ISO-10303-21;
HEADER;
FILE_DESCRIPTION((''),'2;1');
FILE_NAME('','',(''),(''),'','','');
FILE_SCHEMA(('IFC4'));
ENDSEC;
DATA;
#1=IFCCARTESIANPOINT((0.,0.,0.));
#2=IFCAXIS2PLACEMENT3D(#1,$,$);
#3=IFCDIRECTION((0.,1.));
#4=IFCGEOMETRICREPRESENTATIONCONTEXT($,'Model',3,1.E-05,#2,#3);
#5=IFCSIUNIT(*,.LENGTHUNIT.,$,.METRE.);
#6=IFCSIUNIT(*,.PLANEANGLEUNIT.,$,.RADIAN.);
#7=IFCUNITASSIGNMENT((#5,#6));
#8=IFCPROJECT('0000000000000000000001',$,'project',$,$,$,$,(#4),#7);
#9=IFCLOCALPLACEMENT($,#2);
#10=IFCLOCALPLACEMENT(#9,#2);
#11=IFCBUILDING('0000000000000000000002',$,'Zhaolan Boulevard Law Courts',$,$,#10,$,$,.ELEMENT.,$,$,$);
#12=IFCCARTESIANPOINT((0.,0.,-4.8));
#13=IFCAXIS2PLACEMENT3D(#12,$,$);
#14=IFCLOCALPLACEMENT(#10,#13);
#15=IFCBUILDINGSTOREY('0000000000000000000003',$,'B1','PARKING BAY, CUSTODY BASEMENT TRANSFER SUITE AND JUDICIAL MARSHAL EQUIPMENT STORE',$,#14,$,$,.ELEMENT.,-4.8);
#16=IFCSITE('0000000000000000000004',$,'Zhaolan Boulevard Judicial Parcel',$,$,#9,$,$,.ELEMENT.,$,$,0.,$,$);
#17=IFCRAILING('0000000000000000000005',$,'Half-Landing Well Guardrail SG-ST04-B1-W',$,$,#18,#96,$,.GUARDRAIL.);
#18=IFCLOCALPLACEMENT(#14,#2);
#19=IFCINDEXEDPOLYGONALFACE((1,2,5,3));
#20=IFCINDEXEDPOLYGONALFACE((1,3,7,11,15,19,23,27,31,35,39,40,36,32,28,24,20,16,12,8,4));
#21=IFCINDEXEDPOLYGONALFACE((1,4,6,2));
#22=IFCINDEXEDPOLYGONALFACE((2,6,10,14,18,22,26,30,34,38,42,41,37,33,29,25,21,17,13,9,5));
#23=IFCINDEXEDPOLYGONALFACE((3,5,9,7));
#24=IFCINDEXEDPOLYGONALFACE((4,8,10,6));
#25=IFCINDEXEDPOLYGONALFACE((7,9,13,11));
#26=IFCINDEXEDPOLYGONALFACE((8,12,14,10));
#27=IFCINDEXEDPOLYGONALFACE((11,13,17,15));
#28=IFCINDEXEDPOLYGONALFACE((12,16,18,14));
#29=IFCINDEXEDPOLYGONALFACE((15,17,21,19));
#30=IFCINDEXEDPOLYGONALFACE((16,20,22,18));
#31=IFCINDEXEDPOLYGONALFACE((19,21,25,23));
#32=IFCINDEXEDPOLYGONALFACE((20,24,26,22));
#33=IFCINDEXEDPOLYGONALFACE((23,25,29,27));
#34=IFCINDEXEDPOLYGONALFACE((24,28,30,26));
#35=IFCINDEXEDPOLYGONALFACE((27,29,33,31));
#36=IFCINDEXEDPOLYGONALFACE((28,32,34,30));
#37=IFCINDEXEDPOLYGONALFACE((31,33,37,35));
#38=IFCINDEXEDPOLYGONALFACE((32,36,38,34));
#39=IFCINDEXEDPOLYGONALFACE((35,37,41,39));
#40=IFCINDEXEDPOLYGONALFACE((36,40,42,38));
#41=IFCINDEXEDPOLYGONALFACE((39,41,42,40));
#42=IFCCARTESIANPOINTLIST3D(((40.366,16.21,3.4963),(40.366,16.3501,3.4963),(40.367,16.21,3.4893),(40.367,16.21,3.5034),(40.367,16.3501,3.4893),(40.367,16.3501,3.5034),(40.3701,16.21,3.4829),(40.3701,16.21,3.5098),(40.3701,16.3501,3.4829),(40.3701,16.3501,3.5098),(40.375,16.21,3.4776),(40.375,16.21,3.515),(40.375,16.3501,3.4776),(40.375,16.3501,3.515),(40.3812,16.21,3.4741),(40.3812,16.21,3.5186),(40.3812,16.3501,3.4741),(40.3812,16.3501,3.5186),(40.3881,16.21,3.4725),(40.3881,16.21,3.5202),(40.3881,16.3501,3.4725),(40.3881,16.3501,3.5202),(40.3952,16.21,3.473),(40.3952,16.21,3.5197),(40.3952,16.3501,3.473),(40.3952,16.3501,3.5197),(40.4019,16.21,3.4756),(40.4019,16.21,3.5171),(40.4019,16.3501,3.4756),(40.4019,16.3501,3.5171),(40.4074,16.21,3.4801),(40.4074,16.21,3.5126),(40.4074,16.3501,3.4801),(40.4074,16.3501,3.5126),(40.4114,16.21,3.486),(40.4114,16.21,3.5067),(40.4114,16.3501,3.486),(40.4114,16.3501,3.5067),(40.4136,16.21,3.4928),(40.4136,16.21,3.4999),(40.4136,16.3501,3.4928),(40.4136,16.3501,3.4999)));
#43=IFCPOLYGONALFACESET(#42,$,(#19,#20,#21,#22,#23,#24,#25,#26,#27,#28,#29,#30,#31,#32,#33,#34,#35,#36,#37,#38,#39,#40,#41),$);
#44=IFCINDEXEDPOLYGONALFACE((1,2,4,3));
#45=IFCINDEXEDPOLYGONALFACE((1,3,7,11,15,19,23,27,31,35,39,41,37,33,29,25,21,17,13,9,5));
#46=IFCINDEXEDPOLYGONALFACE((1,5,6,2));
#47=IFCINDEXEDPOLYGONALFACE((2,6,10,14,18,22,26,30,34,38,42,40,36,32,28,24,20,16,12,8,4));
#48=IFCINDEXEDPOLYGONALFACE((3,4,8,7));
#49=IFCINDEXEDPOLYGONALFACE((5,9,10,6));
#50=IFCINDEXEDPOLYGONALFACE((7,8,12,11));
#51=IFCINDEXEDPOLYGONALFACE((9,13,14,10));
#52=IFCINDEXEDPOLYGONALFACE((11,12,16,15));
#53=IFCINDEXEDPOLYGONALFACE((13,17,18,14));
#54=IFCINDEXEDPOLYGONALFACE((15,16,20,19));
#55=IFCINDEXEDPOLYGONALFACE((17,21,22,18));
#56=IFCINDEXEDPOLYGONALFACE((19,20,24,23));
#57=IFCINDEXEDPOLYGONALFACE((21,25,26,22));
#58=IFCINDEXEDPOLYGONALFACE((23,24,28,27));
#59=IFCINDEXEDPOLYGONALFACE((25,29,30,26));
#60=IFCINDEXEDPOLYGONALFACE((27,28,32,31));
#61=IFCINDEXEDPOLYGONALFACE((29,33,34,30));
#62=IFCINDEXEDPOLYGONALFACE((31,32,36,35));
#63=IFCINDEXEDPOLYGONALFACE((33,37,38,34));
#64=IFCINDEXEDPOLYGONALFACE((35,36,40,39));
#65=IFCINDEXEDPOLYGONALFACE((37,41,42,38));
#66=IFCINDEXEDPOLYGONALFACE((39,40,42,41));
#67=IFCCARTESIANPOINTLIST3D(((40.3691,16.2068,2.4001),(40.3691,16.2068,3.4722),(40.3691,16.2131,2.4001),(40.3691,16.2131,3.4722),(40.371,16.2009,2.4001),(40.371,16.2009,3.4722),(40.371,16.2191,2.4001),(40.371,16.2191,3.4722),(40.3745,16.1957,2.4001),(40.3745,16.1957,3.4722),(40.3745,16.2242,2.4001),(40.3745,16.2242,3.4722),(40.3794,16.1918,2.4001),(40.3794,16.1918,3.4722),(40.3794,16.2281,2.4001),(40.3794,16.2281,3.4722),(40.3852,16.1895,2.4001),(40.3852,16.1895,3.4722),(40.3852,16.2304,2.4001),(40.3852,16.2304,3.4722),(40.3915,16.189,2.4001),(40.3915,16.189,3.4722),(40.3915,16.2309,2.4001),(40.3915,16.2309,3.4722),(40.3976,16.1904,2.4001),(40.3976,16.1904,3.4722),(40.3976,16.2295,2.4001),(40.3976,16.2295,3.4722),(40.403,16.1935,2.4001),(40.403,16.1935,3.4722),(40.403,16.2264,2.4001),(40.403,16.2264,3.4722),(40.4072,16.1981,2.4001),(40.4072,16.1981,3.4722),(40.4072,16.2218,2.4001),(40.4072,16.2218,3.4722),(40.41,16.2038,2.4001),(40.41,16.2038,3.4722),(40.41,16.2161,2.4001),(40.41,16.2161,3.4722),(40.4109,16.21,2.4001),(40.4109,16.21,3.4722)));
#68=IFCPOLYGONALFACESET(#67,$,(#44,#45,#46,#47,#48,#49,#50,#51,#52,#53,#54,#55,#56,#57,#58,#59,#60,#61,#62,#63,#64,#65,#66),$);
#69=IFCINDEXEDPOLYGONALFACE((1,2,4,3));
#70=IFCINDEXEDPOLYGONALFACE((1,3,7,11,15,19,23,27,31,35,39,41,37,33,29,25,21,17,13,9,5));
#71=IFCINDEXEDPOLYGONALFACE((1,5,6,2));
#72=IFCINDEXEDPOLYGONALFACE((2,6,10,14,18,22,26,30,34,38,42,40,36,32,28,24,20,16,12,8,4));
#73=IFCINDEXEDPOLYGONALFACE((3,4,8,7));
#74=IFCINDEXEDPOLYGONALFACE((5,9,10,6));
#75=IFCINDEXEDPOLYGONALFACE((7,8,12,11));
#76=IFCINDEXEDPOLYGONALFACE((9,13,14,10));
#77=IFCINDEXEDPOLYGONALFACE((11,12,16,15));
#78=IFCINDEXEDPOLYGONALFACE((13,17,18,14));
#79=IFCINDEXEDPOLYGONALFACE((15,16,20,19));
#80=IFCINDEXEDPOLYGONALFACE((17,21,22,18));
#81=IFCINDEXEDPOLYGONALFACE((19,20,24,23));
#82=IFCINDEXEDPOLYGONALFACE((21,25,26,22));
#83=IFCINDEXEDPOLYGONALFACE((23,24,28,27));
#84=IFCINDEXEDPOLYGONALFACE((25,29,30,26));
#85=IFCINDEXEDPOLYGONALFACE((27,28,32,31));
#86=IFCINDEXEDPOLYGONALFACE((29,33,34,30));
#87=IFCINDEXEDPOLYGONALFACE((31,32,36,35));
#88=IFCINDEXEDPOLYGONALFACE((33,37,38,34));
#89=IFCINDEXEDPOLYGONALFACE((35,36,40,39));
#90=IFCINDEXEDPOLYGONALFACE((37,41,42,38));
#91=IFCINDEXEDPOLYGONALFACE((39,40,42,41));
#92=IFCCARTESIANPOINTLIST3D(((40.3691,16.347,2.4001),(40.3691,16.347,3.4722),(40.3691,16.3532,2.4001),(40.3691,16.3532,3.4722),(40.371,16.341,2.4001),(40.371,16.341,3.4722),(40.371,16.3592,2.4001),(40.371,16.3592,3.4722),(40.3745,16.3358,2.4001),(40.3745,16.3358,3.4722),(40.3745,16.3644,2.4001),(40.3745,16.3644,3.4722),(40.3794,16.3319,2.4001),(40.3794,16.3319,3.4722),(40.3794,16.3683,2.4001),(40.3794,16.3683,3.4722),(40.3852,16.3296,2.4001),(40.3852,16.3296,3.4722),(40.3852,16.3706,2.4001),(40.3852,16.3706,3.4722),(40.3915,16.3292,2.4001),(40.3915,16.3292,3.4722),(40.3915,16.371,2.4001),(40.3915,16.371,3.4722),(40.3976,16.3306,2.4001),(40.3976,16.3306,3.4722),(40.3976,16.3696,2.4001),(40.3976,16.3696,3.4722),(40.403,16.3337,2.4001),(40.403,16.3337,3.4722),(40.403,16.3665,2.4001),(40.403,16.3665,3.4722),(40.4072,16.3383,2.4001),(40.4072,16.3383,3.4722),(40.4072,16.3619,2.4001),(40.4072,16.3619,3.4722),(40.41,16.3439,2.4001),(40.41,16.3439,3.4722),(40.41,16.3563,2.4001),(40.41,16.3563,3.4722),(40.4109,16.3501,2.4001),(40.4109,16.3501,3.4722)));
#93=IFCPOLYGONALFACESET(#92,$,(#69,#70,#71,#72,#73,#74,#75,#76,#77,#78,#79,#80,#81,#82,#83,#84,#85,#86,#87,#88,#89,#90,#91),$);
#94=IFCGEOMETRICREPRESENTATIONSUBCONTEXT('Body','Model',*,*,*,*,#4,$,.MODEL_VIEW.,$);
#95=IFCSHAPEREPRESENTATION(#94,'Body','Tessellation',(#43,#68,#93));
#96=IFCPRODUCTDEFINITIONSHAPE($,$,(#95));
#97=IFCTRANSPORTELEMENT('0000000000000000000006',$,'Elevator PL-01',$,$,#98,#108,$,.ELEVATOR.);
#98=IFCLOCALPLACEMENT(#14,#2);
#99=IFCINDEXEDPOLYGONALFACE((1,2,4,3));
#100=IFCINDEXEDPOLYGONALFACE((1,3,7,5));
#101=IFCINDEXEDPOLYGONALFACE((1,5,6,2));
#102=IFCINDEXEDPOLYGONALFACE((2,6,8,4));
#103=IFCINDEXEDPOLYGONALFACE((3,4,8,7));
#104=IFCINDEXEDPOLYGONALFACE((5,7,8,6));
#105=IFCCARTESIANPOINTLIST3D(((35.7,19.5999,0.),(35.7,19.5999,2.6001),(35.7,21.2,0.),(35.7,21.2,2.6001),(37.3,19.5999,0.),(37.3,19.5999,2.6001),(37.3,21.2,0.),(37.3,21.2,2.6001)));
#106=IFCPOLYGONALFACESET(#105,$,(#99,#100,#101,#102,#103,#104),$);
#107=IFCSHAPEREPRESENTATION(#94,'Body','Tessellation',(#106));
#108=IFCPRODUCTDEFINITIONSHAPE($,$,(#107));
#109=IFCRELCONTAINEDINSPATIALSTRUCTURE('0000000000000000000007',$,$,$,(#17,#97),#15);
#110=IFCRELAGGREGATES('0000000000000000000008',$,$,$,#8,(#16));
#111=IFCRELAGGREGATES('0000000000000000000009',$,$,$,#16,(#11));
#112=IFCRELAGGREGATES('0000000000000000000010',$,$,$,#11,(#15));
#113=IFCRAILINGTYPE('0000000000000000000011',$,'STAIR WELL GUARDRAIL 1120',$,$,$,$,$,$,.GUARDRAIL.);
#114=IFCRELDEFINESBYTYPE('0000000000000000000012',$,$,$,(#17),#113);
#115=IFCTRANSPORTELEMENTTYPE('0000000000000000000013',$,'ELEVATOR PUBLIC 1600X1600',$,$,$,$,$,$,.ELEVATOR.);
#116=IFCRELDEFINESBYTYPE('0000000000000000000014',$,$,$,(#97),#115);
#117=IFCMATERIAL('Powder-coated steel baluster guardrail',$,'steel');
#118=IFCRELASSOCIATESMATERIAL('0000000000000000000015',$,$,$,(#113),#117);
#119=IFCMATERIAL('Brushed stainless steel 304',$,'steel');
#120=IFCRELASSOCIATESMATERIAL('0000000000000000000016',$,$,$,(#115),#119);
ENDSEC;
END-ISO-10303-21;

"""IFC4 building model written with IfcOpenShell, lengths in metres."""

from ifc_helpers import new_model, si_unit, direction, frame, origin, origin_2d, place, context, subcontext, project, spatial, rectangle, circle, extrude, material, type_object, element, save


model = new_model("IFC4")

# Units and contexts
model_context = context("Model", 3, precision=1e-05, world=origin(), true_north=direction((0.0, 1.0)))
body_context = subcontext(model_context, "Body", "Model", "MODEL_VIEW")
ifc_project = project(units=[si_unit("LENGTHUNIT", "METRE"), si_unit("PLANEANGLEUNIT", "RADIAN")], contexts=[model_context])

# Site, building, storey
site_placement = place(None, origin())
site = spatial("IfcSite", under=ifc_project, at=site_placement, Name="Zhaolan Boulevard Judicial Parcel", CompositionType="ELEMENT", RefElevation=0.0)
building_placement = place(site_placement, origin())
building = spatial("IfcBuilding", under=site, at=building_placement, Name="Zhaolan Boulevard Law Courts", CompositionType="ELEMENT")
storey_placement = place(building_placement, frame((0.0, 0.0, -4.8)))
storey = spatial("IfcBuildingStorey", under=building, at=storey_placement, Name="B1", Description="PARKING BAY, CUSTODY BASEMENT TRANSFER SUITE AND JUDICIAL MARSHAL EQUIPMENT STORE", CompositionType="ELEMENT", Elevation=-4.8)

# Railing
ifc_material_1 = material(Name="Powder-coated steel baluster guardrail", Category="steel")
railing_type_1 = type_object("IfcRailingType", Name="STAIR WELL GUARDRAIL 1120", PredefinedType="GUARDRAIL", material=ifc_material_1)
railing_1_placement = place(storey_placement, frame((40.3899, 16.21, 2.4001)))
element("IfcRailing", 1, at=railing_1_placement, inside=storey, type_object=railing_type_1, Name="Half-Landing Well Guardrail SG-ST04-B1-W", PredefinedType="GUARDRAIL", context=body_context, shape_type="SweptSolid", body=[
    extrude(circle(Radius=0.0239, at=origin_2d()), frame((0.0, 0.0, 1.0962), z_axis=(0.0, 1.0, 0.0), x_axis=(-1.0, 0.0, 0.0)), (0.0, 0.0, 1.0), 0.1401),
    extrude(circle(Radius=0.021, at=origin_2d()), origin(), (0.0, 0.0, 1.0), 1.072),
    extrude(circle(Radius=0.021, at=origin_2d()), frame((0.0, 0.1401, 0.0)), (0.0, 0.0, 1.0), 1.072),
])

# Transport element
ifc_material_2 = material(Name="Brushed stainless steel 304", Category="steel")
transport_element_type = type_object("IfcTransportElementType", Name="ELEVATOR PUBLIC 1600X1600", PredefinedType="ELEVATOR", material=ifc_material_2)
transport_element_placement = place(storey_placement, frame((36.5, 20.3999, 0.0), z_axis=(0.0, 0.0, 1.0), x_axis=(1.0, 0.0, 0.0)))
element("IfcTransportElement", 2, at=transport_element_placement, inside=storey, type_object=transport_element_type, Name="Elevator PL-01", PredefinedType="ELEVATOR", context=body_context, shape_type="SweptSolid", body=[
    extrude(rectangle(XDim=1.6001, YDim=1.6001, at=origin_2d()), origin(), (0.0, 0.0, 1.0), 2.6001),
])

save(model, "model.ifc")
